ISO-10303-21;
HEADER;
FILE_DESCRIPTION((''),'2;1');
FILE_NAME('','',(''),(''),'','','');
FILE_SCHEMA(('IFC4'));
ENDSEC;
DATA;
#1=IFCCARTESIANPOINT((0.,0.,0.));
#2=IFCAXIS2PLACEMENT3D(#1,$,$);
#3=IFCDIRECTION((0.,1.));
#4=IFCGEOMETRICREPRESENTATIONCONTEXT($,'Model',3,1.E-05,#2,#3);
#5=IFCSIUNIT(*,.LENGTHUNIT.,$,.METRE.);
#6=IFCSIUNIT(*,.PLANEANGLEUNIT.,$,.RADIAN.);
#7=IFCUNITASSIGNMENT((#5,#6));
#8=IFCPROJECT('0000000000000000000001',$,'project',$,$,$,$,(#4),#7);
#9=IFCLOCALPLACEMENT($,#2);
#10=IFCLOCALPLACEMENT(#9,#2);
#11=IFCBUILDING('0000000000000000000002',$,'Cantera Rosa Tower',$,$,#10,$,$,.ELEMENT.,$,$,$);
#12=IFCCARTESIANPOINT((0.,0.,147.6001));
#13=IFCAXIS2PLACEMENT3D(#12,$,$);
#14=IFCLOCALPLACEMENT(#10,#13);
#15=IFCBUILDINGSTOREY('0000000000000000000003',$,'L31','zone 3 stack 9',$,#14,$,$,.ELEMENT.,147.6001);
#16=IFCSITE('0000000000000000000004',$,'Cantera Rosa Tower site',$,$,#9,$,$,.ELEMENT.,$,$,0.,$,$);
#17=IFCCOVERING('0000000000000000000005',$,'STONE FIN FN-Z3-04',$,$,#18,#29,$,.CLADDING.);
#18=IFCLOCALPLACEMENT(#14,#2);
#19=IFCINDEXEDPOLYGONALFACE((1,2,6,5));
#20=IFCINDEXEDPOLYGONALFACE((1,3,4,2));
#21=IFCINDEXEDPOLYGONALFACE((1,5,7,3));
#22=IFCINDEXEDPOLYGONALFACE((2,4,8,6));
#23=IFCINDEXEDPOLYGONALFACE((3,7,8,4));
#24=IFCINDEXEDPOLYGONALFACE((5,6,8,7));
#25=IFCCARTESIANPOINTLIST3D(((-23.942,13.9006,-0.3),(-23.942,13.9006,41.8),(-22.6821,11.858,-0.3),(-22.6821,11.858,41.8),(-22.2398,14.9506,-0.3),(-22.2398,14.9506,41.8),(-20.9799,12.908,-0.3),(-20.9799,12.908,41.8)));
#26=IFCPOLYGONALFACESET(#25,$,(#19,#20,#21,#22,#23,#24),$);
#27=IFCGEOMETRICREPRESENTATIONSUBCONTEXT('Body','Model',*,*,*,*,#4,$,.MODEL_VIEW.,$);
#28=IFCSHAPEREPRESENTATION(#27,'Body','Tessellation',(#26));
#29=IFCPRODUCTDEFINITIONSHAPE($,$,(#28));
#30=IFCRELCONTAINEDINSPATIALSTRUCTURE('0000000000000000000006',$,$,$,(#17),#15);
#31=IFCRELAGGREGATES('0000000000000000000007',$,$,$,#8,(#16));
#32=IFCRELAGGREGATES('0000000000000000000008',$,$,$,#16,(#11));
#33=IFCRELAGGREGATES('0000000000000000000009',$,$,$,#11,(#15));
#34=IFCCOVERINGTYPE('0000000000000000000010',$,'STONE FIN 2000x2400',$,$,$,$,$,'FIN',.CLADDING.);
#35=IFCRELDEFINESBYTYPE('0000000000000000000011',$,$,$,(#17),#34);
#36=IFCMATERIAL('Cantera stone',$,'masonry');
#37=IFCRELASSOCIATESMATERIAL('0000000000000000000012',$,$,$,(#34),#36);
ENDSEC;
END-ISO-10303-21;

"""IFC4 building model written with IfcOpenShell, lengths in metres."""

from ifc_helpers import new_model, si_unit, direction, frame, origin, origin_2d, place, context, subcontext, project, spatial, rectangle, extrude, material, type_object, element, save


model = new_model("IFC4")

# Units and contexts
model_context = context("Model", 3, precision=1e-05, world=origin(), true_north=direction((0.0, 1.0)))
body_context = subcontext(model_context, "Body", "Model", "MODEL_VIEW")
ifc_project = project(units=[si_unit("LENGTHUNIT", "METRE"), si_unit("PLANEANGLEUNIT", "RADIAN")], contexts=[model_context])

# Site, building, storey
site_placement = place(None, origin())
site = spatial("IfcSite", under=ifc_project, at=site_placement, Name="Cantera Rosa Tower site", CompositionType="ELEMENT", RefElevation=0.0)
building_placement = place(site_placement, origin())
building = spatial("IfcBuilding", under=site, at=building_placement, Name="Cantera Rosa Tower", CompositionType="ELEMENT")
storey_placement = place(building_placement, frame((0.0, 0.0, 147.6001)))
storey = spatial("IfcBuildingStorey", under=building, at=storey_placement, Name="L31", Description="zone 3 stack 9", CompositionType="ELEMENT", Elevation=147.6001)

# Covering
ifc_material_1 = material(Name="Cantera stone", Category="masonry")
covering_type = type_object("IfcCoveringType", Name="STONE FIN 2000x2400", ElementType="FIN", PredefinedType="CLADDING", material=ifc_material_1)
for number, where, z_axis, x_axis, name in (
    (1, (-22.4609, 13.4043, -0.3), (0.0, 0.0, 1.0), (-0.851117, -0.524977, 0.0), "STONE FIN FN-Z3-04"),
):
    element("IfcCovering", number, at=place(storey_placement, frame(where, z_axis=z_axis, x_axis=x_axis)), inside=storey, type_object=covering_type, Name=name, PredefinedType="CLADDING", context=body_context, shape_type="SweptSolid", body=[
        extrude(rectangle(XDim=2.0, YDim=2.3999, at=origin_2d()), origin(), (0.0, 0.0, 1.0), 42.1001),
    ])

save(model, "model.ifc")
